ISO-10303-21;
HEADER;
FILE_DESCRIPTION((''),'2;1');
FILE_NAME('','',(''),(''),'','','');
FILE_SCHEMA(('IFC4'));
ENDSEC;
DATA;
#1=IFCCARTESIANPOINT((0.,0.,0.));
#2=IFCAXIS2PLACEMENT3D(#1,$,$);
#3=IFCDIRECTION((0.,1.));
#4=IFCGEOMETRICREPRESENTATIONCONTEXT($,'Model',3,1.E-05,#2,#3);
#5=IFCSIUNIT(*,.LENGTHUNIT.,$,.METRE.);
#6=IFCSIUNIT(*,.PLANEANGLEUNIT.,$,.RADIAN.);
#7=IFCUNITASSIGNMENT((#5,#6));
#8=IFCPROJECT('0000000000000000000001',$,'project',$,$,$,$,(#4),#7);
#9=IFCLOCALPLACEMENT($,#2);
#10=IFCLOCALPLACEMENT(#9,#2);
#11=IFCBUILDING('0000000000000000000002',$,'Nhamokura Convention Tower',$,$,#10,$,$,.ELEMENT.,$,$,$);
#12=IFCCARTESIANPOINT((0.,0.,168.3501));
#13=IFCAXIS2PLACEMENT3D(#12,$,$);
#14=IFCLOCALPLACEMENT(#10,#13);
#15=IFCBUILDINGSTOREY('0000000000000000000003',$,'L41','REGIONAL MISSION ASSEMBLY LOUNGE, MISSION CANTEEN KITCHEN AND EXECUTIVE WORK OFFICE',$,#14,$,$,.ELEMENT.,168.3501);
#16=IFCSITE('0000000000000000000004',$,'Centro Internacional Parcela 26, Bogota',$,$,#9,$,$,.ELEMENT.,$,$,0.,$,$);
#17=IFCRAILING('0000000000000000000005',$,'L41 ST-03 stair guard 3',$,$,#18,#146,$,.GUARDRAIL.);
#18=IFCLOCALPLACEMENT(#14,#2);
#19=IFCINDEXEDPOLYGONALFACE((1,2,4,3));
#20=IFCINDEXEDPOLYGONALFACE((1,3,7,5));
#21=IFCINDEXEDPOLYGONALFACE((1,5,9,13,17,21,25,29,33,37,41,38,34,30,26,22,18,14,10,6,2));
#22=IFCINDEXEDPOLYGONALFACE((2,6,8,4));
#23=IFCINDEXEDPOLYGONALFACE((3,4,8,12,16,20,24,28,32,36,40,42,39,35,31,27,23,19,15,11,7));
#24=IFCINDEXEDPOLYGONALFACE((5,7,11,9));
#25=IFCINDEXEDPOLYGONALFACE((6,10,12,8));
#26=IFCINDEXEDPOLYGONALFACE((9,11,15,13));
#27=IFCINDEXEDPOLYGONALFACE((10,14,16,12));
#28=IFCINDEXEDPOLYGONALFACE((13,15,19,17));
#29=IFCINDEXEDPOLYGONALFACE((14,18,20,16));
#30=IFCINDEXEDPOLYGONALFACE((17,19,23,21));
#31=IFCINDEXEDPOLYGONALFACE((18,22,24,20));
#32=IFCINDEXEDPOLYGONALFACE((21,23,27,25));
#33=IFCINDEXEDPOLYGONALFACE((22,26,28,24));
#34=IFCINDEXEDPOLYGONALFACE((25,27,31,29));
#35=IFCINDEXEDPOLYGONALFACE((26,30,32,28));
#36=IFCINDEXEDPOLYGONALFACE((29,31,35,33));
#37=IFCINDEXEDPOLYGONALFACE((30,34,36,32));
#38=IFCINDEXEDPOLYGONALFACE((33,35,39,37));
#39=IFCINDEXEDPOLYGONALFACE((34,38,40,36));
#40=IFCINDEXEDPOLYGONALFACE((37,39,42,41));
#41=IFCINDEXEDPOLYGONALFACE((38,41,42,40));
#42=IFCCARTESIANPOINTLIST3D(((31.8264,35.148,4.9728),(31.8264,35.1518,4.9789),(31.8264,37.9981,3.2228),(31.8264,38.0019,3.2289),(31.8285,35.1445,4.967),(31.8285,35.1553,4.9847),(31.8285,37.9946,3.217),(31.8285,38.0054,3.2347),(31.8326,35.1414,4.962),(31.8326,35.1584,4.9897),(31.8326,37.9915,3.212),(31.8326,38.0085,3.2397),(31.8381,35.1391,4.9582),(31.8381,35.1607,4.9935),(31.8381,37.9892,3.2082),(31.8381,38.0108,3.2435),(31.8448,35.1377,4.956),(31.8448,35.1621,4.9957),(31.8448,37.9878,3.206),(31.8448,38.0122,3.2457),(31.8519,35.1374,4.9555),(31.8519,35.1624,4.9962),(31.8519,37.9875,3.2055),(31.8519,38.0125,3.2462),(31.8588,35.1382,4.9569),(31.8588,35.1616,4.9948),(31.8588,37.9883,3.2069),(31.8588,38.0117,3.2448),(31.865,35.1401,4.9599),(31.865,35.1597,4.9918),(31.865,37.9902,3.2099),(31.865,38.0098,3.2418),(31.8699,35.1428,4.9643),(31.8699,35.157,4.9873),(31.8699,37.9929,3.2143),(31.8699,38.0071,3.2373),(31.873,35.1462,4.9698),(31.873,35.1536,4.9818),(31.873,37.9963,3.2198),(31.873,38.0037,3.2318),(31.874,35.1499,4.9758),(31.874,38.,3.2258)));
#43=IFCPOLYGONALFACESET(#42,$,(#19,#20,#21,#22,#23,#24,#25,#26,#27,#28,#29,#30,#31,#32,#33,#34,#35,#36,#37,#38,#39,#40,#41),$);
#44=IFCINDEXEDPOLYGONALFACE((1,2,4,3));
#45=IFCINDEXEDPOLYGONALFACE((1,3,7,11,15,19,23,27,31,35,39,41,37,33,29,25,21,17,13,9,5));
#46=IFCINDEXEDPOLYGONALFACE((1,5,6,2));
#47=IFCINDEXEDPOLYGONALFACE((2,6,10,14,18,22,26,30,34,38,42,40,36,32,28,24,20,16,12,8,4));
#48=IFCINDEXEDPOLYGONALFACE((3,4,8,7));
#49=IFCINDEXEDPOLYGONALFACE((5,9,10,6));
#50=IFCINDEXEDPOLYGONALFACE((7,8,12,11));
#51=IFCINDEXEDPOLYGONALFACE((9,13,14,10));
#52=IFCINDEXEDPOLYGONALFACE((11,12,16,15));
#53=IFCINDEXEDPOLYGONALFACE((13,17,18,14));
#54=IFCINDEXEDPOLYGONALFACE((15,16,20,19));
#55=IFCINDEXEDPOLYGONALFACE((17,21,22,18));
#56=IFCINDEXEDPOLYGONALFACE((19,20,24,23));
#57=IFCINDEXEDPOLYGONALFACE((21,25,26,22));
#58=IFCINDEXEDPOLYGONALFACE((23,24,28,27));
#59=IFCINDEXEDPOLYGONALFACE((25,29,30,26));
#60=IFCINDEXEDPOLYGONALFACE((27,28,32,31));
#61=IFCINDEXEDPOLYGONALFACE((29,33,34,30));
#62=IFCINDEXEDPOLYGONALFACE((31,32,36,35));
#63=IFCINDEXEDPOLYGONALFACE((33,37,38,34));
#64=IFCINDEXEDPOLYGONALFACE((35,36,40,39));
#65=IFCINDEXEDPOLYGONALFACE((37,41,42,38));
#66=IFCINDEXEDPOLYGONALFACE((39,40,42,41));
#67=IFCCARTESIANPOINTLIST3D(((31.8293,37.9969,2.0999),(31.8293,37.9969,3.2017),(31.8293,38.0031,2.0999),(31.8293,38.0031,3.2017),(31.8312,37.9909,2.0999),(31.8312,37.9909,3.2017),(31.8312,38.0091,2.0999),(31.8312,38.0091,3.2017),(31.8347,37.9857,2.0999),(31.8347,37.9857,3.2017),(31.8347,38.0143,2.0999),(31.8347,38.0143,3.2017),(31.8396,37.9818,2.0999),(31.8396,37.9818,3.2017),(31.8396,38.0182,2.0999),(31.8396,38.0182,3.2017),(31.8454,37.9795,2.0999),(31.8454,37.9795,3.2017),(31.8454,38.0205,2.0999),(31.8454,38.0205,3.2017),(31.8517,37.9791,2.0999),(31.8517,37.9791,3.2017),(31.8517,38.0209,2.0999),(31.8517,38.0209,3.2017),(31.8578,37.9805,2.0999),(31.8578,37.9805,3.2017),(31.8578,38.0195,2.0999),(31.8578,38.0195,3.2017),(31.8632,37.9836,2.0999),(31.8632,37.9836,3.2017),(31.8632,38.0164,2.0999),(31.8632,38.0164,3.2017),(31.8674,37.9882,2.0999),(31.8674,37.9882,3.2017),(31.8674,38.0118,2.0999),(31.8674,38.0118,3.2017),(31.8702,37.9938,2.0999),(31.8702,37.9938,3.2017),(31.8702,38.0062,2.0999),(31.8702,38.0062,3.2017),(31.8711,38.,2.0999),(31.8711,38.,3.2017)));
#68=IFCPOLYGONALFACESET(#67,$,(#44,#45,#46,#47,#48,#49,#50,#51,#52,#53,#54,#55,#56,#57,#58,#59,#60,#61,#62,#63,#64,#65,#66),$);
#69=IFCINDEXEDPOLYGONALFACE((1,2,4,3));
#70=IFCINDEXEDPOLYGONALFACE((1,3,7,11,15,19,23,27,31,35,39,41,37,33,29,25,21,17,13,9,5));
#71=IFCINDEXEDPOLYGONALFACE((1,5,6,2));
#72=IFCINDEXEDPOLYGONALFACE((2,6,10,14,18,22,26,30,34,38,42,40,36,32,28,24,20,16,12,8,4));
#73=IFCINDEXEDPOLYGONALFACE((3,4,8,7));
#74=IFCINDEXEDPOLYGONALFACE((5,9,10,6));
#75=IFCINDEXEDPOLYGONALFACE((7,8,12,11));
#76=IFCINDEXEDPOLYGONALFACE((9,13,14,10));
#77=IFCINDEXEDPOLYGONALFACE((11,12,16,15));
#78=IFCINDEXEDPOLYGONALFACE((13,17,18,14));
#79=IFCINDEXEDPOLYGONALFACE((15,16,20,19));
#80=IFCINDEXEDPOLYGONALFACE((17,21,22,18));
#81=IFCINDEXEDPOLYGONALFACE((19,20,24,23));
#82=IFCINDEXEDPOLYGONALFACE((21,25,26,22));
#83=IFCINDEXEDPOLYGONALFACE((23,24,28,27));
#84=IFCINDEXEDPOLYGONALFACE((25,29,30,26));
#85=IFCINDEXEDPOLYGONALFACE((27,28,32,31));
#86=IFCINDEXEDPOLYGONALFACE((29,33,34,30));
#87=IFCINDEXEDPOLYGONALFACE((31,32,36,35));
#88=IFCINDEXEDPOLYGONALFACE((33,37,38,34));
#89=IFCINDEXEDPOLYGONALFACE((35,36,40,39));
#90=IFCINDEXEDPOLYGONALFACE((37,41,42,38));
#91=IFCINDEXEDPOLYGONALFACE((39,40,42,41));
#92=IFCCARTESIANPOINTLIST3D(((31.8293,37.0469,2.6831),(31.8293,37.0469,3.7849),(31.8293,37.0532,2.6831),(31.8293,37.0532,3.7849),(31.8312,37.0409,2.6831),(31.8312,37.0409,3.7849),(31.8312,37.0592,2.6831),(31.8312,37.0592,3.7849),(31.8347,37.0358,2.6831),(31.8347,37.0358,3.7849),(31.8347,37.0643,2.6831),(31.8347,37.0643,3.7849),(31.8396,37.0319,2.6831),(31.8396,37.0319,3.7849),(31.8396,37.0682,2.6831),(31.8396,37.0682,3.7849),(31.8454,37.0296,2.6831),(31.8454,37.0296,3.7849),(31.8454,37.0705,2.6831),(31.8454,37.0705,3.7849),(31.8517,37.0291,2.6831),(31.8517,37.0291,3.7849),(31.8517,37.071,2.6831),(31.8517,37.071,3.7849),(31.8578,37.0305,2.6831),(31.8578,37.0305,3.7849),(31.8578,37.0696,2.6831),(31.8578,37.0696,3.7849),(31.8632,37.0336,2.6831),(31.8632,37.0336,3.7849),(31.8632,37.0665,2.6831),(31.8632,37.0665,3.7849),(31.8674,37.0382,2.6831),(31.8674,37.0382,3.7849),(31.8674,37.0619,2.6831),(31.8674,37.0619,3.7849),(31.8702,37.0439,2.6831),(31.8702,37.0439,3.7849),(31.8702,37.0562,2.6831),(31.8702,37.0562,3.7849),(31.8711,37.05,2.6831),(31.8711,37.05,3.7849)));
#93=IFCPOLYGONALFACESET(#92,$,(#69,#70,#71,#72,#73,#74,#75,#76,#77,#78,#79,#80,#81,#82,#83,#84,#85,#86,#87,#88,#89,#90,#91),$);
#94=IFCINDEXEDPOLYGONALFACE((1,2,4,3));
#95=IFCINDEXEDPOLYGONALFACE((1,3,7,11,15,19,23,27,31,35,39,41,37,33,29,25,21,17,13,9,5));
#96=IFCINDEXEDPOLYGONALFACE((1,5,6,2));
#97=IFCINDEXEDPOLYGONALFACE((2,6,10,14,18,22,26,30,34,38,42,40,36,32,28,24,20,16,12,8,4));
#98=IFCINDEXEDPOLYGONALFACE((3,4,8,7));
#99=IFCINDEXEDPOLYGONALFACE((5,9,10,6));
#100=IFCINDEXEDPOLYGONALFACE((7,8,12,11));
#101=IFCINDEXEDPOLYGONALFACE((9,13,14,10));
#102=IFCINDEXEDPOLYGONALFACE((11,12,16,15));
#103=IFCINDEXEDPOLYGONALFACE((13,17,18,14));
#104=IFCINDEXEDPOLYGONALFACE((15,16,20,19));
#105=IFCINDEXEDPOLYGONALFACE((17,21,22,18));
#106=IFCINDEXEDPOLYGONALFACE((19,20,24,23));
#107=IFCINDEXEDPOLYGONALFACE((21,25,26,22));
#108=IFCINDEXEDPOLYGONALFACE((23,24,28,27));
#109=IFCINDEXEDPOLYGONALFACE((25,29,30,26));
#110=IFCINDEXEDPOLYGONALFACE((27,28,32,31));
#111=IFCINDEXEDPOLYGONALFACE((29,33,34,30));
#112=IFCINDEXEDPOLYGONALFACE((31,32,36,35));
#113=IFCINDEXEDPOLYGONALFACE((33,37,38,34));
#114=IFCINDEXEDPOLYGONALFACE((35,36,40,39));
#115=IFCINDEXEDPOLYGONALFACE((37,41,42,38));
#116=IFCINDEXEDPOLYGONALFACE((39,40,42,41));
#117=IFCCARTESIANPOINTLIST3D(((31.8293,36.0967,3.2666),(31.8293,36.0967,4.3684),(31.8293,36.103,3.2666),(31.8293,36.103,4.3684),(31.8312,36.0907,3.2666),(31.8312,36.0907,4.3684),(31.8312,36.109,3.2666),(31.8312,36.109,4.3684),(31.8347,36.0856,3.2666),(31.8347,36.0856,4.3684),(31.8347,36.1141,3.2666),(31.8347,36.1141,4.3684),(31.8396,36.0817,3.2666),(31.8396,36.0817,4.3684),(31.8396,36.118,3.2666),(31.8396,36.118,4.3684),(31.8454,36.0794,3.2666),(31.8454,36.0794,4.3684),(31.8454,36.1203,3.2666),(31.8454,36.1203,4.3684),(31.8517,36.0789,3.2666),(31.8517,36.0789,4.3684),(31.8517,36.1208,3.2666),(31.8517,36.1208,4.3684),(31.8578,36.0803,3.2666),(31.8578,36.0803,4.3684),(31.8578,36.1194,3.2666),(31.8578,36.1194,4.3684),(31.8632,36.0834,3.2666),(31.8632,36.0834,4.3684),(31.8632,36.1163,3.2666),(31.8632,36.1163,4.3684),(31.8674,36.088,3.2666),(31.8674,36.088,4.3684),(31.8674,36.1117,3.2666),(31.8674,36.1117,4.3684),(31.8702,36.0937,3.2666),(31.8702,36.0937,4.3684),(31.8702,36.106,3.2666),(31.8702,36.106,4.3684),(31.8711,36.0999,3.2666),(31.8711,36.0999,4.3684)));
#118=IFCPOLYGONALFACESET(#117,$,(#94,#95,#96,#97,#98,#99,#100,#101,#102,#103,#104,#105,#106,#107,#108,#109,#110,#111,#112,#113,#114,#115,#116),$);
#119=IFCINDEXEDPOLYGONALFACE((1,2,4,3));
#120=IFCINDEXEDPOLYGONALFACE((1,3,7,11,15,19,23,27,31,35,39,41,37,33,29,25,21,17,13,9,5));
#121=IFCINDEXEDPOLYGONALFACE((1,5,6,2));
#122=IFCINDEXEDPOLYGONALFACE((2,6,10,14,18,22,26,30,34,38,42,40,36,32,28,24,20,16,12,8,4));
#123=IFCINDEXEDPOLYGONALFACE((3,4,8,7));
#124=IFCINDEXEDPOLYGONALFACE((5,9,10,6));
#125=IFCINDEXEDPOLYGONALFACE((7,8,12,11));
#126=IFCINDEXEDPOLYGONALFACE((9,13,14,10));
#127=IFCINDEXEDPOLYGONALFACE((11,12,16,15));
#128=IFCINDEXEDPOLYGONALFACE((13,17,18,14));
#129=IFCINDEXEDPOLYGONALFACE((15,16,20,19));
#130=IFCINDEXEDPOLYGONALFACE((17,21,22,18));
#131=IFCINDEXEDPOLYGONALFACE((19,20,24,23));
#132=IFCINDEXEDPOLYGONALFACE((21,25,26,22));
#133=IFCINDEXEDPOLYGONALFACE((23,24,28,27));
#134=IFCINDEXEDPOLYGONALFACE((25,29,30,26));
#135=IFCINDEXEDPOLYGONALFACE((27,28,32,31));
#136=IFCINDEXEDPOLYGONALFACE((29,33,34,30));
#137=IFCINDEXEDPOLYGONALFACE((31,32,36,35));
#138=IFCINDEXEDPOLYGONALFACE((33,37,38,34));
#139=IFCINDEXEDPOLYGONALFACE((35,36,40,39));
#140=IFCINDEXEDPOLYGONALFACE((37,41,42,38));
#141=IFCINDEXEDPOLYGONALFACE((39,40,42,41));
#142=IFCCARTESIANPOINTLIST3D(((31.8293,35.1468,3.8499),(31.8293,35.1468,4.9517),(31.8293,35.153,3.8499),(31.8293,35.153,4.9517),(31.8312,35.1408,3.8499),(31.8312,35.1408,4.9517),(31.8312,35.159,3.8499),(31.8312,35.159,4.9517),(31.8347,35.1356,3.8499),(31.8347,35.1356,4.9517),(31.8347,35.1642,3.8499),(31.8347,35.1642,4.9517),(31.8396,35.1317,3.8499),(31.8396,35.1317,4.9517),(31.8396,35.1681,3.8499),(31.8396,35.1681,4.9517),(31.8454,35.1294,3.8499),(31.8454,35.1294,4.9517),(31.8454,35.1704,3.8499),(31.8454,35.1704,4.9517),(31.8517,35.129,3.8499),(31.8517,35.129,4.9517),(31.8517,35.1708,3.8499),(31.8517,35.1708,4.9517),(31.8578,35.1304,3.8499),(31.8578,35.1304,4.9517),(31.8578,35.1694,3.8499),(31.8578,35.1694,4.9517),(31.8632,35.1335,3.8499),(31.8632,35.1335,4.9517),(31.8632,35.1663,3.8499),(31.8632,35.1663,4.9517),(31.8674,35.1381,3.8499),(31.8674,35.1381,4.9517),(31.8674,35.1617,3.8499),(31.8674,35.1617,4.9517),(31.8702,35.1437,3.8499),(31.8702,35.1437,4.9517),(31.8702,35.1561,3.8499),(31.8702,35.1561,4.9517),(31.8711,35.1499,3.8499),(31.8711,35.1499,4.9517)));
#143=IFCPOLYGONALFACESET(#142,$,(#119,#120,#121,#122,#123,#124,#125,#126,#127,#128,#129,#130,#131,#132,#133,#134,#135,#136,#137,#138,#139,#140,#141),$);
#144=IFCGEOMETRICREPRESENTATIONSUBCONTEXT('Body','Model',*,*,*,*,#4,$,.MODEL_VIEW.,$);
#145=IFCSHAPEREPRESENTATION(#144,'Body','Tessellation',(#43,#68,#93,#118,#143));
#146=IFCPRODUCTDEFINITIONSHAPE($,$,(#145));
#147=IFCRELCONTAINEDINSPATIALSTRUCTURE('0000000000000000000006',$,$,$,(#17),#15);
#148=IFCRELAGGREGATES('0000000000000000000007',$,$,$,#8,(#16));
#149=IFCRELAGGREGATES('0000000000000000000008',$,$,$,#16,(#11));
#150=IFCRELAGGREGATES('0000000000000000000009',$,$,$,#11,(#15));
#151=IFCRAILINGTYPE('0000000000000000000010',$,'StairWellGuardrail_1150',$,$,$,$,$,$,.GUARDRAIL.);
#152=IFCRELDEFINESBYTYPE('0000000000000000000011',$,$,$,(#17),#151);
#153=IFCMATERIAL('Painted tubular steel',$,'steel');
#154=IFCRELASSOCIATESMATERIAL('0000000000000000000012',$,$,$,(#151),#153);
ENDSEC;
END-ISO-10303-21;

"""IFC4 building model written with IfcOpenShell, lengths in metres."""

from ifc_helpers import new_model, si_unit, direction, frame, origin, origin_2d, place, context, subcontext, project, spatial, circle, extrude, material, type_object, element, save


model = new_model("IFC4")

# Units and contexts
model_context = context("Model", 3, precision=1e-05, world=origin(), true_north=direction((0.0, 1.0)))
body_context = subcontext(model_context, "Body", "Model", "MODEL_VIEW")
ifc_project = project(units=[si_unit("LENGTHUNIT", "METRE"), si_unit("PLANEANGLEUNIT", "RADIAN")], contexts=[model_context])

# Site, building, storey
site_placement = place(None, origin())
site = spatial("IfcSite", under=ifc_project, at=site_placement, Name="Centro Internacional Parcela 26, Bogota", CompositionType="ELEMENT", RefElevation=0.0)
building_placement = place(site_placement, origin())
building = spatial("IfcBuilding", under=site, at=building_placement, Name="Nhamokura Convention Tower", CompositionType="ELEMENT")
storey_placement = place(building_placement, frame((0.0, 0.0, 168.3501)))
storey = spatial("IfcBuildingStorey", under=building, at=storey_placement, Name="L41", Description="REGIONAL MISSION ASSEMBLY LOUNGE, MISSION CANTEEN KITCHEN AND EXECUTIVE WORK OFFICE", CompositionType="ELEMENT", Elevation=168.3501)

# Railing
ifc_material_1 = material(Name="Painted tubular steel", Category="steel")
railing_type_1 = type_object("IfcRailingType", Name="StairWellGuardrail_1150", PredefinedType="GUARDRAIL", material=ifc_material_1)
railing_1_placement = place(storey_placement, frame((31.8501, 38.0, 2.0999)))
element("IfcRailing", 1, at=railing_1_placement, inside=storey, type_object=railing_type_1, Name="L41 ST-03 stair guard 3", PredefinedType="GUARDRAIL", context=body_context, shape_type="SweptSolid", body=[
    extrude(circle(Radius=0.0239, at=origin_2d()), frame((0.0, 0.0, 1.126), z_axis=(0.0, -0.852179, 0.52325), x_axis=(1.0, 0.0, 0.0)), (0.0, 0.0, 1.0), 3.3445),
    extrude(circle(Radius=0.021, at=origin_2d()), origin(), (0.0, 0.0, 1.0), 1.1018),
    extrude(circle(Radius=0.021, at=origin_2d()), frame((0.0, -0.95, 0.5833)), (0.0, 0.0, 1.0), 1.1018),
    extrude(circle(Radius=0.021, at=origin_2d()), frame((0.0, -1.9001, 1.1667)), (0.0, 0.0, 1.0), 1.1018),
    extrude(circle(Radius=0.021, at=origin_2d()), frame((0.0, -2.8501, 1.75)), (0.0, 0.0, 1.0), 1.1018),
])

save(model, "model.ifc")
